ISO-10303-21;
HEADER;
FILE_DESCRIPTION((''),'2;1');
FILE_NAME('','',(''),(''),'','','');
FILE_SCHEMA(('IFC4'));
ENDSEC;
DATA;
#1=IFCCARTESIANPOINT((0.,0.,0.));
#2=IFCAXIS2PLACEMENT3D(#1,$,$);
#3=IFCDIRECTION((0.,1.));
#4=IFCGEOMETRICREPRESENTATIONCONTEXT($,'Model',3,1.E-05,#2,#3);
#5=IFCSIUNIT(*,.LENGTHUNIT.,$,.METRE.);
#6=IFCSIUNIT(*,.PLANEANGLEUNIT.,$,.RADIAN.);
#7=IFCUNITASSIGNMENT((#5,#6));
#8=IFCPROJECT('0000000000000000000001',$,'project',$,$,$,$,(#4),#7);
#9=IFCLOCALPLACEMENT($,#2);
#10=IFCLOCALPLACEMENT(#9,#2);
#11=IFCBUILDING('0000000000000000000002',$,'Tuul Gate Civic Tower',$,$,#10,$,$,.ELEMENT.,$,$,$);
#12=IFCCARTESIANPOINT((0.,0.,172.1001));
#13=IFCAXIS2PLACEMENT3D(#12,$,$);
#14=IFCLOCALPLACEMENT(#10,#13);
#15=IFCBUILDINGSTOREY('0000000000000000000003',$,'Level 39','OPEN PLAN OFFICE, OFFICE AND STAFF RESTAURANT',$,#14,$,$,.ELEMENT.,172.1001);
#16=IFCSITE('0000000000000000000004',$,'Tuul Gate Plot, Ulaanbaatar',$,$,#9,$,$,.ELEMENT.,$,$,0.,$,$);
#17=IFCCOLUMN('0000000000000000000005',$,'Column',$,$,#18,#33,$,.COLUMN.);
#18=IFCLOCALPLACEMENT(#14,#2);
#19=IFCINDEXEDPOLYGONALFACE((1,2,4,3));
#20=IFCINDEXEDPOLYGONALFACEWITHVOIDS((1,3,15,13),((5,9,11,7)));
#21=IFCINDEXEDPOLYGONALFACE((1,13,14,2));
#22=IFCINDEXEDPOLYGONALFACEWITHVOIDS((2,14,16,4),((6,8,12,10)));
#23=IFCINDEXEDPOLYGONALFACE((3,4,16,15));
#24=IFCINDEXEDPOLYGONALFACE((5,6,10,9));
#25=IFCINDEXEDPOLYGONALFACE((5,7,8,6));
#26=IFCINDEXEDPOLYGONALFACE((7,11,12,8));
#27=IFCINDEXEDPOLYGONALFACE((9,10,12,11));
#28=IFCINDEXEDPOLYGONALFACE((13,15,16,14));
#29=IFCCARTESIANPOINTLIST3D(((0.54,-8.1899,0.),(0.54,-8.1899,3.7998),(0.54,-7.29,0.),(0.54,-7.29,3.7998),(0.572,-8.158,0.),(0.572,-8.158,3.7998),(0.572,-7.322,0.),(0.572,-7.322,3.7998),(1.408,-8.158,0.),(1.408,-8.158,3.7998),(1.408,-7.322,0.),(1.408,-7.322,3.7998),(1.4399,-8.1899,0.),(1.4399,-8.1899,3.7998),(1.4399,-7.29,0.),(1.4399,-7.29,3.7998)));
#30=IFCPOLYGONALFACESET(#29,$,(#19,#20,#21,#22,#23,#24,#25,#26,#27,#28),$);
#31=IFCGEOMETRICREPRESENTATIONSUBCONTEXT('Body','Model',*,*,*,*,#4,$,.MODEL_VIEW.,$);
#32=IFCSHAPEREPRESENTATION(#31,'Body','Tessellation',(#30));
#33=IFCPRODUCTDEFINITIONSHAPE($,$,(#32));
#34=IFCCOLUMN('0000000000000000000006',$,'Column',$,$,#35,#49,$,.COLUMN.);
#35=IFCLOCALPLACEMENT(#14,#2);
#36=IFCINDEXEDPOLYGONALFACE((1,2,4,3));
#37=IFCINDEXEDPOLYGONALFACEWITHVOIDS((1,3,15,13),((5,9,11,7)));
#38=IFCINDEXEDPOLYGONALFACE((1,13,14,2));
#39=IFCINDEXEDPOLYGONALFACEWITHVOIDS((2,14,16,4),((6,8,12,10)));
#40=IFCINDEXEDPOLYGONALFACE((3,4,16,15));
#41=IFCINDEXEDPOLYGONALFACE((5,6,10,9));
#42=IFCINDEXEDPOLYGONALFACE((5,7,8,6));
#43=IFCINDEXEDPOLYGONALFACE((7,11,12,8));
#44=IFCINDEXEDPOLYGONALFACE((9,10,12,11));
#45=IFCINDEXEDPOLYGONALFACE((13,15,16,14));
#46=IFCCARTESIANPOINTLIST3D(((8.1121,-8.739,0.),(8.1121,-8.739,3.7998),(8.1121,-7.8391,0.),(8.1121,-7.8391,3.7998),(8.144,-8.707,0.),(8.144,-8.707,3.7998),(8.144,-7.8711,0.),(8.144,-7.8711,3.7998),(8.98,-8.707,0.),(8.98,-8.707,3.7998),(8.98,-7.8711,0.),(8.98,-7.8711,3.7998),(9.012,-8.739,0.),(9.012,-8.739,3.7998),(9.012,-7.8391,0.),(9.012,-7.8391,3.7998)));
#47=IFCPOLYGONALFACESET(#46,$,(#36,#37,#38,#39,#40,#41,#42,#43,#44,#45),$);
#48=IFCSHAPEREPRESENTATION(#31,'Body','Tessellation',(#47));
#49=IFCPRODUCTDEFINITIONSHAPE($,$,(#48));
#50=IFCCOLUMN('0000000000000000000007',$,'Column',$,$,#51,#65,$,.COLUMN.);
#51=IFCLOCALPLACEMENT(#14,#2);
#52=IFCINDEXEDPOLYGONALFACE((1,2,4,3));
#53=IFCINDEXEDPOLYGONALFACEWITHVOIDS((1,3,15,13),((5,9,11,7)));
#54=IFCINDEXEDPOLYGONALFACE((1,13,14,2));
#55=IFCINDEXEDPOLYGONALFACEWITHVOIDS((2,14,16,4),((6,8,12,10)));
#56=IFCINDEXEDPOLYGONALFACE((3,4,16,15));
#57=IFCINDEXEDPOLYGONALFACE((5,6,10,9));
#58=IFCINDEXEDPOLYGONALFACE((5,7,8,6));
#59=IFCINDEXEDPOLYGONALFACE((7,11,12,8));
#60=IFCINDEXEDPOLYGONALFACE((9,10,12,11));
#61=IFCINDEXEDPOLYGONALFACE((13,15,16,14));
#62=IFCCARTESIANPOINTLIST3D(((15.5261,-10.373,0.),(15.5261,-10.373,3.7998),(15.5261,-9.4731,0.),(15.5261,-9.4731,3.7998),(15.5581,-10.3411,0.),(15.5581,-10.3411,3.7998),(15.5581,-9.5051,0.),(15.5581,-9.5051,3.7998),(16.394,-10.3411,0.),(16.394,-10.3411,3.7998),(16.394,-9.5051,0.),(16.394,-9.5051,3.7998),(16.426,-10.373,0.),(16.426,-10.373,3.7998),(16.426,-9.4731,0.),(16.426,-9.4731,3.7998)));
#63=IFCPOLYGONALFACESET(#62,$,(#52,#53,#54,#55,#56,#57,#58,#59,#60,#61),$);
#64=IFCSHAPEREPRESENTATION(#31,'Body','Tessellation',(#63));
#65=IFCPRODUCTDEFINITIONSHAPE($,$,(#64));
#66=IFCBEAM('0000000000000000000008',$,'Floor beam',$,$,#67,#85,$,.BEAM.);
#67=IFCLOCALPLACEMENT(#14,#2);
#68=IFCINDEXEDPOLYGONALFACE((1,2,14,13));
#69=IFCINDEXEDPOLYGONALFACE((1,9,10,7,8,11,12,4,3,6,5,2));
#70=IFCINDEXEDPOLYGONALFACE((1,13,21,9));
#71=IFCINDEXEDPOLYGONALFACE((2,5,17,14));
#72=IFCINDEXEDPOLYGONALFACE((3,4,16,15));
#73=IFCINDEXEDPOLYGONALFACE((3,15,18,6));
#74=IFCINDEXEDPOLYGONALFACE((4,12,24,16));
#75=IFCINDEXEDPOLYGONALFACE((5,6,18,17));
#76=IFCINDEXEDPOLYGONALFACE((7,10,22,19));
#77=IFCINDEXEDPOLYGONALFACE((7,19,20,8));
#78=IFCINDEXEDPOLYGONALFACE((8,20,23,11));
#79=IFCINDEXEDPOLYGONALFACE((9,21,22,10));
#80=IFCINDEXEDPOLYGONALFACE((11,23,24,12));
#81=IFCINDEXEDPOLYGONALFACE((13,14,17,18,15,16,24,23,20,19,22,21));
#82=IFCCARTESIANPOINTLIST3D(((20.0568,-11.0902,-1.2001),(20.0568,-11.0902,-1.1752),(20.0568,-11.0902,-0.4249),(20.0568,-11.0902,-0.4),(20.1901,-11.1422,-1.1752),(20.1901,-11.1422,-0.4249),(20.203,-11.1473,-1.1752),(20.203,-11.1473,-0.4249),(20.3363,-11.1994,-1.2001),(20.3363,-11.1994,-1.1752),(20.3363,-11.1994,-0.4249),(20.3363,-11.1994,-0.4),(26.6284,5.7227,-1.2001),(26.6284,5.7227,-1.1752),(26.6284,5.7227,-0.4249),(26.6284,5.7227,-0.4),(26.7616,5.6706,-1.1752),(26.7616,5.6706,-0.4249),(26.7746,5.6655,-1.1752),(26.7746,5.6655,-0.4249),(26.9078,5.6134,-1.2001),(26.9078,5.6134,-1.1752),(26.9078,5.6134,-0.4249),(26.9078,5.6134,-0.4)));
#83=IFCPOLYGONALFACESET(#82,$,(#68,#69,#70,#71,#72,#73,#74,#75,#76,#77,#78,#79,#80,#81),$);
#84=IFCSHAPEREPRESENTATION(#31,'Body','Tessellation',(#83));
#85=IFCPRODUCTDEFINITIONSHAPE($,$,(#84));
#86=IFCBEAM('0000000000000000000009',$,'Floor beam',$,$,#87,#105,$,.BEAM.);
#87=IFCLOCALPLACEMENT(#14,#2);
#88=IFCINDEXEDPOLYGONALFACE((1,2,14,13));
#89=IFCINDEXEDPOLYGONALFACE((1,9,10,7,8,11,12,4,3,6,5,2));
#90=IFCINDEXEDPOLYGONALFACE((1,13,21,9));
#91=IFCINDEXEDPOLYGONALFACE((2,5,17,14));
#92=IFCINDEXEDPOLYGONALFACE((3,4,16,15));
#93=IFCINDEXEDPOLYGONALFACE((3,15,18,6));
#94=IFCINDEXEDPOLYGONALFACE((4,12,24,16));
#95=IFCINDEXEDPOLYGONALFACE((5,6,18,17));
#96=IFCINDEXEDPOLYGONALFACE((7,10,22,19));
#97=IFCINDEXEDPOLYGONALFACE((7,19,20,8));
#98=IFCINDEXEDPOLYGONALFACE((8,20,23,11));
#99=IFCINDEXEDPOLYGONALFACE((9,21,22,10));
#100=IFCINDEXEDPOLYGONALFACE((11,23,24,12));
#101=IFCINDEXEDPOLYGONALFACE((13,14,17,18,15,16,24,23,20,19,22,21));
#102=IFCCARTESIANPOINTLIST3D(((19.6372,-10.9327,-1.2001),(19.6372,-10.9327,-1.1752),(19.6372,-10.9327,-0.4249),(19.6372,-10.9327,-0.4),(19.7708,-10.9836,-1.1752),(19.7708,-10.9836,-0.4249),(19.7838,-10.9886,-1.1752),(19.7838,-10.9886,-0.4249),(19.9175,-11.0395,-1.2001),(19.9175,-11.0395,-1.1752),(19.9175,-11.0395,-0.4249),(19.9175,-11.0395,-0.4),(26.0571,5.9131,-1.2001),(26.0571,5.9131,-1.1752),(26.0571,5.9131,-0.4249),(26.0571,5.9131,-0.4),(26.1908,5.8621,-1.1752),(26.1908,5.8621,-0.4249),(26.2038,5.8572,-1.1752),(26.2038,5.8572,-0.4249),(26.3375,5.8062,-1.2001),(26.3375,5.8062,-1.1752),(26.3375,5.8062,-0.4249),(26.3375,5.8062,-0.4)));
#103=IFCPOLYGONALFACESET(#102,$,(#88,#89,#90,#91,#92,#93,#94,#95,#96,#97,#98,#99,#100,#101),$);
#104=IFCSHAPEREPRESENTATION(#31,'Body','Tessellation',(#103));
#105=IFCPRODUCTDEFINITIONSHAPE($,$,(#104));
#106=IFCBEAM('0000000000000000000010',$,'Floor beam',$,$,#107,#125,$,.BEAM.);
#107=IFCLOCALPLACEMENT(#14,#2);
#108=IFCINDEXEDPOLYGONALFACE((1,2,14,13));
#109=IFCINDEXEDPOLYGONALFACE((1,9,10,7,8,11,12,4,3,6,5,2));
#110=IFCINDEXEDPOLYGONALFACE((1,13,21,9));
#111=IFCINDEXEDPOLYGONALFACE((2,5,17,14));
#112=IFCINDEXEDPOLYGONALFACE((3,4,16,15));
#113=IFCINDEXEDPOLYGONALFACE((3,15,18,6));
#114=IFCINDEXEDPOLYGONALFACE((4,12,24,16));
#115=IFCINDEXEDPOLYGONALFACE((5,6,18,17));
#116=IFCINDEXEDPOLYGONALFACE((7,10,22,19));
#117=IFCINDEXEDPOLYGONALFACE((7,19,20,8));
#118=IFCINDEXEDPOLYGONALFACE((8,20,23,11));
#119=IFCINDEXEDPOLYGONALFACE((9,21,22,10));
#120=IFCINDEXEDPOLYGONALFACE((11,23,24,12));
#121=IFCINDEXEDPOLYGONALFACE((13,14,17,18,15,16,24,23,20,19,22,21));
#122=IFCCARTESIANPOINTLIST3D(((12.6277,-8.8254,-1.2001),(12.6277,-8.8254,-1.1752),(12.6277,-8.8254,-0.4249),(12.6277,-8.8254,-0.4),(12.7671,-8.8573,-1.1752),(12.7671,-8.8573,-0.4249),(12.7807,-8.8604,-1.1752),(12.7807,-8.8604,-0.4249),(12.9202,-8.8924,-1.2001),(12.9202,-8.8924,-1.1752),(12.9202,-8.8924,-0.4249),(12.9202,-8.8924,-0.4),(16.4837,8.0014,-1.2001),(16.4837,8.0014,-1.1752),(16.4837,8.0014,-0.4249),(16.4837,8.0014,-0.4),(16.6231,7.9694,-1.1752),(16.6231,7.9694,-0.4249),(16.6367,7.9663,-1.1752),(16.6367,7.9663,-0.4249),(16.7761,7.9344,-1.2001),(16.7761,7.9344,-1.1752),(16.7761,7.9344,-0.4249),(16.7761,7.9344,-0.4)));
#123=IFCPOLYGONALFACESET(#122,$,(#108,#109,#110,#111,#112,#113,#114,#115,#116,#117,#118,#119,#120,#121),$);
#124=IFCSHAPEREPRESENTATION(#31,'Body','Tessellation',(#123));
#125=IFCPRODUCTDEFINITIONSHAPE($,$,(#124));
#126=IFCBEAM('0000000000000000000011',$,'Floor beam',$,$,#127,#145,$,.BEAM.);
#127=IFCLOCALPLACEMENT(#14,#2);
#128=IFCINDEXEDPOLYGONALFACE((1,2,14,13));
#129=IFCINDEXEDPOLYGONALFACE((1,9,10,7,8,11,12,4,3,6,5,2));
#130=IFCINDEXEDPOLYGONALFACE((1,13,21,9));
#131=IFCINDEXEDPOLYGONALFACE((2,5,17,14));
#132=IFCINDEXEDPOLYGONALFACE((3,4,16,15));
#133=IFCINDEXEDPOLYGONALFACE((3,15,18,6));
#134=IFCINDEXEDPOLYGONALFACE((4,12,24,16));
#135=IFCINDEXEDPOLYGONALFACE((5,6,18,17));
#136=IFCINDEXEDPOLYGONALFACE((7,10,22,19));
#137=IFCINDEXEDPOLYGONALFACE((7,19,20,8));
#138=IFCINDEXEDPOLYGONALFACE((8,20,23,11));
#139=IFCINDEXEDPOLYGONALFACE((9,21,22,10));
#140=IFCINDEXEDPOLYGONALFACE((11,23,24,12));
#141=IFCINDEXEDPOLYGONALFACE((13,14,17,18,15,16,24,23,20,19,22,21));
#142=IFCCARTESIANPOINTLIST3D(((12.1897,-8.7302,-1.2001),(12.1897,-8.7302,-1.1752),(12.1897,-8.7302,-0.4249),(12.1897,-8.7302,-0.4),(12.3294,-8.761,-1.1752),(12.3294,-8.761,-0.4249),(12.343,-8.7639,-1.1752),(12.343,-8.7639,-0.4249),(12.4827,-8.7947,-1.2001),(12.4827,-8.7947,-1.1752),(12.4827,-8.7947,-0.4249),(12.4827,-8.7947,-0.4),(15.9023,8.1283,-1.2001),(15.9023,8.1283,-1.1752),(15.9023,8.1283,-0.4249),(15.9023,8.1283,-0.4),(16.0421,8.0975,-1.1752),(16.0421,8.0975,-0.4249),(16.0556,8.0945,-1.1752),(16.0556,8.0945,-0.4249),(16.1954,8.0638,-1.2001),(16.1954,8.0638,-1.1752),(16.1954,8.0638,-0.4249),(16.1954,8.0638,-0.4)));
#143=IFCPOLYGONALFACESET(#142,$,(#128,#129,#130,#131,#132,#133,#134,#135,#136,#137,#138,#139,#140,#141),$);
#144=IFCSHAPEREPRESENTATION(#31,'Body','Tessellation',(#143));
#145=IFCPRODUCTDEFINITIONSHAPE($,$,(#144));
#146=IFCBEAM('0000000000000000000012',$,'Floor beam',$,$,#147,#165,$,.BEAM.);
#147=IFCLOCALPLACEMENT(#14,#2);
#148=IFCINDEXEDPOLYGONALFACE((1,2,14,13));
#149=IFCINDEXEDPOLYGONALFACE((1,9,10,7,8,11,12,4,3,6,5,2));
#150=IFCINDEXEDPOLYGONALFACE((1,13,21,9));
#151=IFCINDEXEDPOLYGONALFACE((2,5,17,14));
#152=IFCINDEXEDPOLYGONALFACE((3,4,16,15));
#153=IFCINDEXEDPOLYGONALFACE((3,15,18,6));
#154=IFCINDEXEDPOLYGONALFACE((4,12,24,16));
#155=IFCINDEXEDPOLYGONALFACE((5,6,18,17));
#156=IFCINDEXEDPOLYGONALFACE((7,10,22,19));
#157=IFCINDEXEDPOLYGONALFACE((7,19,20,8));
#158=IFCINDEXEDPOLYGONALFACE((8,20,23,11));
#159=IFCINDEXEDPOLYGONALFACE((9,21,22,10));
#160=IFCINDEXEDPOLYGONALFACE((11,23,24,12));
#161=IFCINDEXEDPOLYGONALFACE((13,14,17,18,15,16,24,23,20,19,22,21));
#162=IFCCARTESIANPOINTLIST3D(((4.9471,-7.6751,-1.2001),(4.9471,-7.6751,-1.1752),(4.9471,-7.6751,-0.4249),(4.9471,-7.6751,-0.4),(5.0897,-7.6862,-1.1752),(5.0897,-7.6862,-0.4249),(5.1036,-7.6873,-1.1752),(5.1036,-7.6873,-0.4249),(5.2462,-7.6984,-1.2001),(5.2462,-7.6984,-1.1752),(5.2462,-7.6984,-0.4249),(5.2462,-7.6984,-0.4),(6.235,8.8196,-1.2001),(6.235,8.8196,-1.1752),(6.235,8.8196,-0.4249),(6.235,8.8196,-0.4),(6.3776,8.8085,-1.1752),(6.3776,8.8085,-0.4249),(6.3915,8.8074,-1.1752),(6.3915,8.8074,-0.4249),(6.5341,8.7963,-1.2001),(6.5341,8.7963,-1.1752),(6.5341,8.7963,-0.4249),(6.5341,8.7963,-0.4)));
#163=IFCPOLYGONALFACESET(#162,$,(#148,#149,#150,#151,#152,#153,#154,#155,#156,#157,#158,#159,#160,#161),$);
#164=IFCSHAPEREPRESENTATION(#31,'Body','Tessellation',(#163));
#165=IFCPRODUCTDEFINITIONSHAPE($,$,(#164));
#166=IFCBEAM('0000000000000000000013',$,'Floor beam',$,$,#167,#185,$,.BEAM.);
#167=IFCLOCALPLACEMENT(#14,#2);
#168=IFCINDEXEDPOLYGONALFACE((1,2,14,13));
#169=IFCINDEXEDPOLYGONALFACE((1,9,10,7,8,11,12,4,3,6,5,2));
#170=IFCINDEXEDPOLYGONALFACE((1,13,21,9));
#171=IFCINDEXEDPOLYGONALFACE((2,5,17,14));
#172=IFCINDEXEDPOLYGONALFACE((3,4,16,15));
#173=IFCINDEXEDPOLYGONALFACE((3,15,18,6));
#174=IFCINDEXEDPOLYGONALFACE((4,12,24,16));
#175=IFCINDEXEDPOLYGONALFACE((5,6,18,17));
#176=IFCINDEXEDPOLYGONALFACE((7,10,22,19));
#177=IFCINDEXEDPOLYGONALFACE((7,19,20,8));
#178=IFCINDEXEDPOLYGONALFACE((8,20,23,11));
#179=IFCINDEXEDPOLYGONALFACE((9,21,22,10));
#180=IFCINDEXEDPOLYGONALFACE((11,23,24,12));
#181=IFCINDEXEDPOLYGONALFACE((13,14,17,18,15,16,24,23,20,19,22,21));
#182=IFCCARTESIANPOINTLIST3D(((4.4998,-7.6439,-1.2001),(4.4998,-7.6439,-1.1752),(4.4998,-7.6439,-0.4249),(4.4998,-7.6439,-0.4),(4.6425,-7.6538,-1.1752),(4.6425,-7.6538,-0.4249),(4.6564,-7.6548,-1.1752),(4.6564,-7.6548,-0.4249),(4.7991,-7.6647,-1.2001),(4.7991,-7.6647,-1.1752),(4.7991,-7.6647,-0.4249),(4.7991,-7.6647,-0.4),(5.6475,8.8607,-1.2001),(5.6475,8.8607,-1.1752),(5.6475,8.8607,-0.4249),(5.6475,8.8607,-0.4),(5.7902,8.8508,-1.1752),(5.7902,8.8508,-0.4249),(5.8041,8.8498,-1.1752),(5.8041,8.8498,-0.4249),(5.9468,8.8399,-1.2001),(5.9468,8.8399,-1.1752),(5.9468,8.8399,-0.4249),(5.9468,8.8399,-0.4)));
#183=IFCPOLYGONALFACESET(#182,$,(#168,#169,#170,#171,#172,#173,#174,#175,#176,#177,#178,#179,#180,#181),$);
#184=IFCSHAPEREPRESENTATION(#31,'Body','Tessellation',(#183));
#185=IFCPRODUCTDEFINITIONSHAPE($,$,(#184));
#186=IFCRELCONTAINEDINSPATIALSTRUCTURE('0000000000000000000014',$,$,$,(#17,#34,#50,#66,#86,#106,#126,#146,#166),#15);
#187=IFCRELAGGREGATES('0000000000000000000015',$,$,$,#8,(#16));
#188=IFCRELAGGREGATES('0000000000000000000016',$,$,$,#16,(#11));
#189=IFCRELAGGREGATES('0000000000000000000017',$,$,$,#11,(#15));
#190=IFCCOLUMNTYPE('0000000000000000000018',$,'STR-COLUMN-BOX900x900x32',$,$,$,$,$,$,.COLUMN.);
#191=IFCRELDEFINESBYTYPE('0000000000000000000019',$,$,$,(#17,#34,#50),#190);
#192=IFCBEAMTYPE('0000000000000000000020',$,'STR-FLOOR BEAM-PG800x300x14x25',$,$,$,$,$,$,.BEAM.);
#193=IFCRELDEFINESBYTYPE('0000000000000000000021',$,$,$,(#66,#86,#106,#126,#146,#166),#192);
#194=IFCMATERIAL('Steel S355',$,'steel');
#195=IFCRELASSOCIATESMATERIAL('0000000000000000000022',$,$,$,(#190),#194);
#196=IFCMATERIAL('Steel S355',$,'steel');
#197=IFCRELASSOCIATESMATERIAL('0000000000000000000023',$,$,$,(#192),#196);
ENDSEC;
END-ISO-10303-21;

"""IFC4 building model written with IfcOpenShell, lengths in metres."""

from ifc_helpers import new_model, si_unit, direction, frame, origin, origin_2d, place, context, subcontext, project, spatial, hollow_rectangle, i_section, extrude, material, material_profile, profile_set, type_object, element, save


model = new_model("IFC4")

# Units and contexts
model_context = context("Model", 3, precision=1e-05, world=origin(), true_north=direction((0.0, 1.0)))
body_context = subcontext(model_context, "Body", "Model", "MODEL_VIEW")
ifc_project = project(units=[si_unit("LENGTHUNIT", "METRE"), si_unit("PLANEANGLEUNIT", "RADIAN")], contexts=[model_context])

# Site, building, storey
site_placement = place(None, origin())
site = spatial("IfcSite", under=ifc_project, at=site_placement, Name="Tuul Gate Plot, Ulaanbaatar", CompositionType="ELEMENT", RefElevation=0.0)
building_placement = place(site_placement, origin())
building = spatial("IfcBuilding", under=site, at=building_placement, Name="Tuul Gate Civic Tower", CompositionType="ELEMENT")
storey_placement = place(building_placement, frame((0.0, 0.0, 172.1001)))
storey = spatial("IfcBuildingStorey", under=building, at=storey_placement, Name="Level 39", Description="OPEN PLAN OFFICE, OFFICE AND STAFF RESTAURANT", CompositionType="ELEMENT", Elevation=172.1001)

# Columns
ifc_material_1 = material(Name="Steel S355", Category="steel")
ifc_material_profile_1 = material_profile(ifc_material_1, hollow_rectangle(XDim=0.8999, YDim=0.8999, WallThickness=0.032, at=origin_2d()), Name="BOX900x900x32")
ifc_profile_set_1 = profile_set([ifc_material_profile_1], Name="Steel S355")
column_type = type_object("IfcColumnType", Name="STR-COLUMN-BOX900x900x32", PredefinedType="COLUMN", material=ifc_profile_set_1)
for number, where, z_axis, x_axis, name in (
    (1, (0.99, -7.74, 0.0), (0.0, 0.0, 1.0), (1.0, 0.0, 0.0), "Column"),
    (2, (8.562, -8.2891, 0.0), (0.0, 0.0, 1.0), (1.0, 0.0, 0.0), "Column"),
    (3, (15.9761, -9.9231, 0.0), (0.0, 0.0, 1.0), (1.0, 0.0, 0.0), "Column"),
):
    element("IfcColumn", number, at=place(storey_placement, frame(where, z_axis=z_axis, x_axis=x_axis)), inside=storey, type_object=column_type, Name=name, PredefinedType="COLUMN", context=body_context, shape_type="SweptSolid", body=[
        extrude(hollow_rectangle(XDim=0.8999, YDim=0.8999, WallThickness=0.032, at=origin_2d()), origin(), (0.0, 0.0, 1.0), 3.7998),
    ])

# Beams
ifc_material_2 = material(Name="Steel S355", Category="steel")
ifc_material_profile_2 = material_profile(ifc_material_2, i_section(OverallWidth=0.3, OverallDepth=0.8, WebThickness=0.0139, FlangeThickness=0.0249, at=origin_2d()), Name="PG800x300x14x25")
ifc_profile_set_2 = profile_set([ifc_material_profile_2], Name="Steel S355")
beam_type = type_object("IfcBeamType", Name="STR-FLOOR BEAM-PG800x300x14x25", PredefinedType="BEAM", material=ifc_profile_set_2)
beam_1_placement = place(storey_placement, frame((20.1965, -11.1448, -0.8), z_axis=(0.364045, 0.931381, 0.0), x_axis=(-0.931381, 0.364045, 0.0)))
element("IfcBeam", 4, at=beam_1_placement, inside=storey, type_object=beam_type, Name="Floor beam", PredefinedType="BEAM", context=body_context, shape_type="SweptSolid", body=[
    extrude(i_section(OverallWidth=0.3, OverallDepth=0.8, WebThickness=0.0139, FlangeThickness=0.0249, at=origin_2d()), origin(), (0.0, 0.0, 1.0), 18.0515),
])
beam_2_placement = place(storey_placement, frame((19.7773, -10.9861, -0.8), z_axis=(0.356117, 0.934441, 0.0), x_axis=(-0.934441, 0.356117, 0.0)))
element("IfcBeam", 5, at=beam_2_placement, inside=storey, type_object=beam_type, Name="Floor beam", PredefinedType="BEAM", context=body_context, shape_type="SweptSolid", body=[
    extrude(i_section(OverallWidth=0.3, OverallDepth=0.8, WebThickness=0.0139, FlangeThickness=0.0249, at=origin_2d()), origin(), (0.0, 0.0, 1.0), 18.0276),
])
beam_3_placement = place(storey_placement, frame((12.7739, -8.8589, -0.8), z_axis=(0.223368, 0.974734, 0.0), x_axis=(-0.974734, 0.223368, 0.0)))
element("IfcBeam", 6, at=beam_3_placement, inside=storey, type_object=beam_type, Name="Floor beam", PredefinedType="BEAM", context=body_context, shape_type="SweptSolid", body=[
    extrude(i_section(OverallWidth=0.3, OverallDepth=0.8, WebThickness=0.0139, FlangeThickness=0.0249, at=origin_2d()), origin(), (0.0, 0.0, 1.0), 17.2629),
])
beam_4_placement = place(storey_placement, frame((12.3362, -8.7625, -0.8), z_axis=(0.215072, 0.976598, 0.0), x_axis=(-0.976598, 0.215072, 0.0)))
element("IfcBeam", 7, at=beam_4_placement, inside=storey, type_object=beam_type, Name="Floor beam", PredefinedType="BEAM", context=body_context, shape_type="SweptSolid", body=[
    extrude(i_section(OverallWidth=0.3, OverallDepth=0.8, WebThickness=0.0139, FlangeThickness=0.0249, at=origin_2d()), origin(), (0.0, 0.0, 1.0), 17.2625),
])
beam_5_placement = place(storey_placement, frame((5.0967, -7.6868, -0.8), z_axis=(0.07784, 0.996966, 0.0), x_axis=(-0.996966, 0.07784, 0.0)))
element("IfcBeam", 8, at=beam_5_placement, inside=storey, type_object=beam_type, Name="Floor beam", PredefinedType="BEAM", context=body_context, shape_type="SweptSolid", body=[
    extrude(i_section(OverallWidth=0.3, OverallDepth=0.8, WebThickness=0.0139, FlangeThickness=0.0249, at=origin_2d()), origin(), (0.0, 0.0, 1.0), 16.5449),
])
beam_6_placement = place(storey_placement, frame((4.6494, -7.6543, -0.8), z_axis=(0.069371, 0.997591, 0.0), x_axis=(-0.997591, 0.069371, 0.0)))
element("IfcBeam", 9, at=beam_6_placement, inside=storey, type_object=beam_type, Name="Floor beam", PredefinedType="BEAM", context=body_context, shape_type="SweptSolid", body=[
    extrude(i_section(OverallWidth=0.3, OverallDepth=0.8, WebThickness=0.0139, FlangeThickness=0.0249, at=origin_2d()), origin(), (0.0, 0.0, 1.0), 16.5444),
])

save(model, "model.ifc")
